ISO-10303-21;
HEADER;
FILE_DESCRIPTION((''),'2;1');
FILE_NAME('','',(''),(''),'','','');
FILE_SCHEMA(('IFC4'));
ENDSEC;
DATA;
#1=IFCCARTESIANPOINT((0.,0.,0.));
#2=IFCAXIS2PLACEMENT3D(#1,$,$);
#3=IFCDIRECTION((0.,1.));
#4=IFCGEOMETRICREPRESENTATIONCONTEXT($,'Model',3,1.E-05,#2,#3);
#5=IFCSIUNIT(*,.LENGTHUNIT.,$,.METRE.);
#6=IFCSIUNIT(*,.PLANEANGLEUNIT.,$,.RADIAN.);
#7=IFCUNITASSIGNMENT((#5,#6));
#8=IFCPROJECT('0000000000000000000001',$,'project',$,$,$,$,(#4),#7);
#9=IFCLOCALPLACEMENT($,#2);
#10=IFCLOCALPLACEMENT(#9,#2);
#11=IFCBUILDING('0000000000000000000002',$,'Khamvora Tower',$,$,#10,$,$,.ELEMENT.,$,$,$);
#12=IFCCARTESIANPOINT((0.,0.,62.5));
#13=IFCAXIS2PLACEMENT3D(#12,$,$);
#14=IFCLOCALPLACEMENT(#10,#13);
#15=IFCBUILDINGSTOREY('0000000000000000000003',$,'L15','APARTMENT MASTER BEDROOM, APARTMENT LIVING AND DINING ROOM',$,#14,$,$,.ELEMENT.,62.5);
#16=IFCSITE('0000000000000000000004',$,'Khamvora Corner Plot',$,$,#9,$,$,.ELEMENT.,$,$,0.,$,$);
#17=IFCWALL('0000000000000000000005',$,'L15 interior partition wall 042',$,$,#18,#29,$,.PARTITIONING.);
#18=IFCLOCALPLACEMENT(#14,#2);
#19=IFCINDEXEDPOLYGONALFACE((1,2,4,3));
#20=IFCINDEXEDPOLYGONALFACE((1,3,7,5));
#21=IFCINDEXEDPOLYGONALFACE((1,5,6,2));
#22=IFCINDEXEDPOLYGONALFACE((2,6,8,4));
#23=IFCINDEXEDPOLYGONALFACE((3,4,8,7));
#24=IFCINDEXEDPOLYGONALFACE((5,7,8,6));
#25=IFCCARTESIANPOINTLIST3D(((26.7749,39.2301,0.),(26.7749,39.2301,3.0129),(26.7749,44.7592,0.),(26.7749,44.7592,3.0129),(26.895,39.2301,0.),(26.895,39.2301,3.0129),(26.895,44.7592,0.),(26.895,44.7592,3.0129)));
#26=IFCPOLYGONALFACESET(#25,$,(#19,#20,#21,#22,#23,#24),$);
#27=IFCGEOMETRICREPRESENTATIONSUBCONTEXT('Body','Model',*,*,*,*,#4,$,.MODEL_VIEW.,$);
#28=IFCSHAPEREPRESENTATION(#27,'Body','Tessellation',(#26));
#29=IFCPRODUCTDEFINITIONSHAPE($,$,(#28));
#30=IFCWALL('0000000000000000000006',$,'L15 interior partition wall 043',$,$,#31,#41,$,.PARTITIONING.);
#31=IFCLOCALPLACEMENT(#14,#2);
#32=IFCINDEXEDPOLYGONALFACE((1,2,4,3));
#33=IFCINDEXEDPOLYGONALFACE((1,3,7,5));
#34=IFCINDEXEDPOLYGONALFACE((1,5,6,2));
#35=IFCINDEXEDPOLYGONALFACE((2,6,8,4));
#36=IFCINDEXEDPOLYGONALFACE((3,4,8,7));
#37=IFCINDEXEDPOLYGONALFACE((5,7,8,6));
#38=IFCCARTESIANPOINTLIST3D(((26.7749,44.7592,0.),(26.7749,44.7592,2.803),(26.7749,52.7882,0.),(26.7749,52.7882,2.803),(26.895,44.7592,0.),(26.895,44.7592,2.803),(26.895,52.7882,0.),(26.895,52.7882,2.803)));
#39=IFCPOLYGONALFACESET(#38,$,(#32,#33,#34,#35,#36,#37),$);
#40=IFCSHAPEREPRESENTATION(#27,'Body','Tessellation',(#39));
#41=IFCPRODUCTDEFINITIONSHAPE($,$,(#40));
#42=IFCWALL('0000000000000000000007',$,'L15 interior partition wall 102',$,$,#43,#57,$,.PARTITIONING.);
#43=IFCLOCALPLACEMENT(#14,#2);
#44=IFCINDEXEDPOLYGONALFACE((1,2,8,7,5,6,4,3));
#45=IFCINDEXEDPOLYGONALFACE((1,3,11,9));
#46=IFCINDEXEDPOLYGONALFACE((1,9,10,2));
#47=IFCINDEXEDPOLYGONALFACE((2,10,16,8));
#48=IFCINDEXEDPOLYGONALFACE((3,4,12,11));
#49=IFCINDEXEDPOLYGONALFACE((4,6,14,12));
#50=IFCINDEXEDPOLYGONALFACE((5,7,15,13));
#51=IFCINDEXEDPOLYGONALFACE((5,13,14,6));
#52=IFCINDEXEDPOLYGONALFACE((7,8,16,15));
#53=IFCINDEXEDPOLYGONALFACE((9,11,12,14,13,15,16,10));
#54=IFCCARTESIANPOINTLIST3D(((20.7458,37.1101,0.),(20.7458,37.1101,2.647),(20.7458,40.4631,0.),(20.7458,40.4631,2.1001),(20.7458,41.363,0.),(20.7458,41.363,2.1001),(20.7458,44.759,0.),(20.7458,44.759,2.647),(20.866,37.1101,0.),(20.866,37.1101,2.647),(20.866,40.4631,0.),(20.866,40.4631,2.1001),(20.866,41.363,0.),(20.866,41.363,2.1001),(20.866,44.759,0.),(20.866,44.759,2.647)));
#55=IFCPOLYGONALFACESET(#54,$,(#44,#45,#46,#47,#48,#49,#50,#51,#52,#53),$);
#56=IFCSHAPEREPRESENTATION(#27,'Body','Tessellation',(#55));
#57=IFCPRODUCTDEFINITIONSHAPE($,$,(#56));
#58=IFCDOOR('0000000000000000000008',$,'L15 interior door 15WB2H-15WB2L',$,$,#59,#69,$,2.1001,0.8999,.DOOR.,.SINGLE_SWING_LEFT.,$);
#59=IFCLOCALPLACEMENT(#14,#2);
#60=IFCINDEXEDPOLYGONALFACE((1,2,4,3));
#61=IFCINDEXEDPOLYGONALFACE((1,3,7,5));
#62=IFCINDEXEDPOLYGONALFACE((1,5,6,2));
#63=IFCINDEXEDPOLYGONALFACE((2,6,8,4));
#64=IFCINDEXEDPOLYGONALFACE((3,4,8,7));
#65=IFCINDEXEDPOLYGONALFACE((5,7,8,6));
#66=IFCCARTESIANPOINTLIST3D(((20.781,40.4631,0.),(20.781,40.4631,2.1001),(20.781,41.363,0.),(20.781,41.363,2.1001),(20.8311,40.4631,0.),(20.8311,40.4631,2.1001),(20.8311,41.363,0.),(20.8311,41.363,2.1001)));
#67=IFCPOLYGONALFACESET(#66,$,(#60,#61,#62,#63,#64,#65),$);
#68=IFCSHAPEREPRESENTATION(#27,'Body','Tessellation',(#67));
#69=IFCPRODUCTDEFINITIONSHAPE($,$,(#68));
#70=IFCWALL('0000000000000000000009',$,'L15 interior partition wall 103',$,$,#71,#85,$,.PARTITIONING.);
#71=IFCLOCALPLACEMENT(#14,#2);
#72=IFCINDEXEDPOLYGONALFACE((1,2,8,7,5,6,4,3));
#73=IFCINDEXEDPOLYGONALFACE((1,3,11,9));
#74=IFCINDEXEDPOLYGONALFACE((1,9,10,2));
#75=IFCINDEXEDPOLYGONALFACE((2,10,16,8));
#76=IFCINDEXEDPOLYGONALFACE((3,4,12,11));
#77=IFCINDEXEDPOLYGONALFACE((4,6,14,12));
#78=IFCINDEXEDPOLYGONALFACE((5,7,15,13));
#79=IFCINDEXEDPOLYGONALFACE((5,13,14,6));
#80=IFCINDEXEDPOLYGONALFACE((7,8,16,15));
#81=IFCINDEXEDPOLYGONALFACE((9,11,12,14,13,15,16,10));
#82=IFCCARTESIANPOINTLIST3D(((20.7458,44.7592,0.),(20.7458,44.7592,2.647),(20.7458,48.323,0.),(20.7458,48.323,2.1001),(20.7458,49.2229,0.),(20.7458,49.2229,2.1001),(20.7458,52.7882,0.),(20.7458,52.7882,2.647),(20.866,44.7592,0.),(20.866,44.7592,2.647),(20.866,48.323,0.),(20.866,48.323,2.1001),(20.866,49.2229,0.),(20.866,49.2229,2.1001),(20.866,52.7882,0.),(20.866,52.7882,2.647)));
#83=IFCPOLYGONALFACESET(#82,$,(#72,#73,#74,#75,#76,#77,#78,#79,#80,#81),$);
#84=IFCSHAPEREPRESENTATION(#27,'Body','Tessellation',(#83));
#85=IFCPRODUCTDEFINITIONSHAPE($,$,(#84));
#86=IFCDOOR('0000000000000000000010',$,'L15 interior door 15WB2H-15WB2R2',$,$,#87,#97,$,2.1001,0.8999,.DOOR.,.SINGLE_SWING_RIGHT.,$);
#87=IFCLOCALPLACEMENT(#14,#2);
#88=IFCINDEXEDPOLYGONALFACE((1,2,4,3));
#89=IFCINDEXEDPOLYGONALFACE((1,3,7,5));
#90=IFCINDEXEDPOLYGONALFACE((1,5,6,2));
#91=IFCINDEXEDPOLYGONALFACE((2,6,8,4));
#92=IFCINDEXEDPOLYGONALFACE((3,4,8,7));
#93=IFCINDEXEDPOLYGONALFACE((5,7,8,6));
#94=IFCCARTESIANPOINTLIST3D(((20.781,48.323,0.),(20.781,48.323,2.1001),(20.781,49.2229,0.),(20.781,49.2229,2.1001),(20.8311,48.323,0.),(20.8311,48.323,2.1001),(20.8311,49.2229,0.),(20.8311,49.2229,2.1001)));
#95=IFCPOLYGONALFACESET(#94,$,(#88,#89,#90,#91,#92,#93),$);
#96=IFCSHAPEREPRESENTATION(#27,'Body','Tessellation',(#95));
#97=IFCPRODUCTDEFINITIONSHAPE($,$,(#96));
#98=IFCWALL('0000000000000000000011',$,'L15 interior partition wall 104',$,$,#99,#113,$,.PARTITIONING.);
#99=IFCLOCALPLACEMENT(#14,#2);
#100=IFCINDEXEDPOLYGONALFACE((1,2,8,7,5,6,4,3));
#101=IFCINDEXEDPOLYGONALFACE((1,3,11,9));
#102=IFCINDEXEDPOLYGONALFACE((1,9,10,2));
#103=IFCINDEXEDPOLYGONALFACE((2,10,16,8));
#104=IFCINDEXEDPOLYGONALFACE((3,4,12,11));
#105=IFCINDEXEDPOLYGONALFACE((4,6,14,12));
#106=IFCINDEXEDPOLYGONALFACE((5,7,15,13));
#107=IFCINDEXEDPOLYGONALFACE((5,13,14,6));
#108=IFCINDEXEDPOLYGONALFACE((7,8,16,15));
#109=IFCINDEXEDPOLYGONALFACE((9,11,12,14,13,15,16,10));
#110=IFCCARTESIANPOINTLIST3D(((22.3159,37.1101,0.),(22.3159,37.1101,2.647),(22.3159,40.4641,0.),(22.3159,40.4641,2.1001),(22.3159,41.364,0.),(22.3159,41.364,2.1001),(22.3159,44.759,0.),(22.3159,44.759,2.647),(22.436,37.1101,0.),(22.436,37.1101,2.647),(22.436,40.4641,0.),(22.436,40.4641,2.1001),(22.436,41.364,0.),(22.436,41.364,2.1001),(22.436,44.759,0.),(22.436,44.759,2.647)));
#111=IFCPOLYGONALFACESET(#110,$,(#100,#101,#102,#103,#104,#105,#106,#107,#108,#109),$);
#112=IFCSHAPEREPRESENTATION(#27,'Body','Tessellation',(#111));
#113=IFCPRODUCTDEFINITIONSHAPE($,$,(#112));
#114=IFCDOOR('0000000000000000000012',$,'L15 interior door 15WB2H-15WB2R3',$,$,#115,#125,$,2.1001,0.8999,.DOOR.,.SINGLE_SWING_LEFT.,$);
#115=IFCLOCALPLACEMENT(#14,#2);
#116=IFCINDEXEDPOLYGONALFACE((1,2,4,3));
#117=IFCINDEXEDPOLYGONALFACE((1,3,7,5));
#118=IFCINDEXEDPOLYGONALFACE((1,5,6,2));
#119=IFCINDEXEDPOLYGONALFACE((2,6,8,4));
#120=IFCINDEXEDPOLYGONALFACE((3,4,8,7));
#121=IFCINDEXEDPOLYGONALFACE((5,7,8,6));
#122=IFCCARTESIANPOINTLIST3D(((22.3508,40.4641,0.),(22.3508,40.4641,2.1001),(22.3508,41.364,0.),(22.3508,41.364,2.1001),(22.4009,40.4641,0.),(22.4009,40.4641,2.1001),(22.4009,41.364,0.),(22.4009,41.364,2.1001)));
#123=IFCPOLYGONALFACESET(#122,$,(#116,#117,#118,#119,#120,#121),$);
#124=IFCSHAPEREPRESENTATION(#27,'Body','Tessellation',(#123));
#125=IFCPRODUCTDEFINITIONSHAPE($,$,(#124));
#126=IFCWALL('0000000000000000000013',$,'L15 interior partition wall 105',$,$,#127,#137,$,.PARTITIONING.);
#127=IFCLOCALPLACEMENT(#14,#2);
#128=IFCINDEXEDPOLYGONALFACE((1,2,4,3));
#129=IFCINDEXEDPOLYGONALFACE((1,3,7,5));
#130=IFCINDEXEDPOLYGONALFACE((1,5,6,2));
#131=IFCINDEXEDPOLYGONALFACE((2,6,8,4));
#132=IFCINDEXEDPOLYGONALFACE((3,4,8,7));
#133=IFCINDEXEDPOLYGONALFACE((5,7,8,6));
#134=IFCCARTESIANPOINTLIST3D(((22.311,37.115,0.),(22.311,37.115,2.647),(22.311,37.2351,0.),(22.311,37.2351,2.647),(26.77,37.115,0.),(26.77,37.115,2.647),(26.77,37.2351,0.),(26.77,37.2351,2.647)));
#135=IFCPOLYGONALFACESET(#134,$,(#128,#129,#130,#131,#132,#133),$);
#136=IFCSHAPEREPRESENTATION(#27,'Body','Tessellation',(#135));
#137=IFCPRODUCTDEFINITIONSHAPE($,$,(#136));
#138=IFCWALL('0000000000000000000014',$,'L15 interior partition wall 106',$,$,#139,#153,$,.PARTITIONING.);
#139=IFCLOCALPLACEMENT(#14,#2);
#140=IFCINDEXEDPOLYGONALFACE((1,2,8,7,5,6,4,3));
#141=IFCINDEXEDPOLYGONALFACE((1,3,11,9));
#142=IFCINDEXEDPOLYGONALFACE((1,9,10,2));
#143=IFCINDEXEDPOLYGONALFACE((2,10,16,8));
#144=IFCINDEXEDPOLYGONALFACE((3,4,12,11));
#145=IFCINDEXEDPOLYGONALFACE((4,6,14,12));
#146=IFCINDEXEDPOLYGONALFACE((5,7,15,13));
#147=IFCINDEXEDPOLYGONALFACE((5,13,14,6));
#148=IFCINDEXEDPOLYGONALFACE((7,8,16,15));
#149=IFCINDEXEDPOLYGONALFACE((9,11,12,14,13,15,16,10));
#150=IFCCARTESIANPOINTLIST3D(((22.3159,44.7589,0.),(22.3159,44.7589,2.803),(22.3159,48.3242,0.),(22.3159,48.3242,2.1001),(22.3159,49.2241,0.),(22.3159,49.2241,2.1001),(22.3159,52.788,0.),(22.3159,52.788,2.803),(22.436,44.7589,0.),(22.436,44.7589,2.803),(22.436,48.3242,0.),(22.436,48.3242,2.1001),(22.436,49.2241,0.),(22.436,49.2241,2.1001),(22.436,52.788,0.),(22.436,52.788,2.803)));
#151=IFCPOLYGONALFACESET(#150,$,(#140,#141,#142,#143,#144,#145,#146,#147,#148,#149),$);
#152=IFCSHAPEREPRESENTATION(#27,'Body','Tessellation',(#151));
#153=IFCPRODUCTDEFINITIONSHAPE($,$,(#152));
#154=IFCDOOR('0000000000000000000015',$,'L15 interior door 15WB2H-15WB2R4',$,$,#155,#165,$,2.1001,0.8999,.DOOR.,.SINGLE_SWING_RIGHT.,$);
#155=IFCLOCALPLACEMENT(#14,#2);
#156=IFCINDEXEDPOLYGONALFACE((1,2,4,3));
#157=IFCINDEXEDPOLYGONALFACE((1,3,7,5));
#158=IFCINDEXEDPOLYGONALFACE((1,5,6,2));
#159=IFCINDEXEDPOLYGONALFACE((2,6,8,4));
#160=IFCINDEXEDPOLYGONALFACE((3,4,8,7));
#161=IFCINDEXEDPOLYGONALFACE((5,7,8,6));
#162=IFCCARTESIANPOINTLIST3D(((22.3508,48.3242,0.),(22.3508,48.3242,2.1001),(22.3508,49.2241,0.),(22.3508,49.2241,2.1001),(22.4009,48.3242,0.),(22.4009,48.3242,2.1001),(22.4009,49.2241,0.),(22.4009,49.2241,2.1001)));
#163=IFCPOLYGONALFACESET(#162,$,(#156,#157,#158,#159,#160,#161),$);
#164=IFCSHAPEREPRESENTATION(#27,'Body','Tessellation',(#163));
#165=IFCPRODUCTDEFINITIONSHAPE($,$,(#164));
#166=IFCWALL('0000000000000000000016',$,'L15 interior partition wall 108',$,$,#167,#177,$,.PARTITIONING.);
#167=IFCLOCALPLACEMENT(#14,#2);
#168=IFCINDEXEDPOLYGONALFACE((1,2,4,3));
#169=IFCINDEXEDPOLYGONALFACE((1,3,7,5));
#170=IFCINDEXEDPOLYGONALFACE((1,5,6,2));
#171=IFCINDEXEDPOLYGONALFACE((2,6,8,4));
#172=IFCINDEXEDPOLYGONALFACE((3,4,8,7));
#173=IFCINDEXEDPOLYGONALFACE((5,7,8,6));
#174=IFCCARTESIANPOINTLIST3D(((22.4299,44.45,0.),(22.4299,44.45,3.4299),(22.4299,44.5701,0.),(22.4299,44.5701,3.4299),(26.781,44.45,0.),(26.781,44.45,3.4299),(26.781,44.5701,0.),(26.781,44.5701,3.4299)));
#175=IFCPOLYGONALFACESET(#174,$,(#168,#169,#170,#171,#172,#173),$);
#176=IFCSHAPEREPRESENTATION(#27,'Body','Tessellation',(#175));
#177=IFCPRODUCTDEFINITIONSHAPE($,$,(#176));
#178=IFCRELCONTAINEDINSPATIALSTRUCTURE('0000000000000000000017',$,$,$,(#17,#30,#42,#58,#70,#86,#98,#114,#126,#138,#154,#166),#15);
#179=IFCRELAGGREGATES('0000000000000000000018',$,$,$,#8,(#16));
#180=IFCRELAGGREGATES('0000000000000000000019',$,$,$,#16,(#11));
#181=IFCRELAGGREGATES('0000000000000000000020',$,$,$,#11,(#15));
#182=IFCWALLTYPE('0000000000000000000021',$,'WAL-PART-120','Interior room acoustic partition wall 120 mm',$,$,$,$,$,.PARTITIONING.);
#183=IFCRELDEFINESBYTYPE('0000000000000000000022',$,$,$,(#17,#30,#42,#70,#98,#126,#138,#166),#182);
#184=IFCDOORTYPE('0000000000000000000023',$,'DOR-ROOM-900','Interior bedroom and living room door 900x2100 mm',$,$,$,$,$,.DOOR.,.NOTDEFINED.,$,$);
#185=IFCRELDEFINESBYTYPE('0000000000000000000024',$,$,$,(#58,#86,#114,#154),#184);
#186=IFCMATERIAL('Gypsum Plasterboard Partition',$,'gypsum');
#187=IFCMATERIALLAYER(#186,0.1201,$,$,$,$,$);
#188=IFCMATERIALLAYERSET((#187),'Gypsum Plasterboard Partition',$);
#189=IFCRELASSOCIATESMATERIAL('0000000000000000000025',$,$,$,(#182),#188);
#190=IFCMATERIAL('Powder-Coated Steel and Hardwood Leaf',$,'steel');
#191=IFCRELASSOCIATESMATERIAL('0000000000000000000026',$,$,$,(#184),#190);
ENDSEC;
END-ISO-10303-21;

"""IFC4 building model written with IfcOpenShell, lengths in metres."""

from ifc_helpers import new_model, si_unit, direction, frame, frame_2d, origin, place, context, subcontext, project, spatial, rectangle, extrude, material, layer, layer_set, type_object, element, fill, save


model = new_model("IFC4")

# Units and contexts
model_context = context("Model", 3, precision=1e-05, world=origin(), true_north=direction((0.0, 1.0)))
body_context = subcontext(model_context, "Body", "Model", "MODEL_VIEW")
ifc_project = project(units=[si_unit("LENGTHUNIT", "METRE"), si_unit("PLANEANGLEUNIT", "RADIAN")], contexts=[model_context])

# Site, building, storey
site_placement = place(None, origin())
site = spatial("IfcSite", under=ifc_project, at=site_placement, Name="Khamvora Corner Plot", CompositionType="ELEMENT", RefElevation=0.0)
building_placement = place(site_placement, origin())
building = spatial("IfcBuilding", under=site, at=building_placement, Name="Khamvora Tower", CompositionType="ELEMENT")
storey_placement = place(building_placement, frame((0.0, 0.0, 62.5)))
storey = spatial("IfcBuildingStorey", under=building, at=storey_placement, Name="L15", Description="APARTMENT MASTER BEDROOM, APARTMENT LIVING AND DINING ROOM", CompositionType="ELEMENT", Elevation=62.5)

# Shared definitions
ifc_material_1 = material(Name="Powder-Coated Steel and Hardwood Leaf", Category="steel")

# Walls
ifc_material_2 = material(Name="Gypsum Plasterboard Partition", Category="gypsum")
ifc_layer_1 = layer(ifc_material_2, 0.1201)
ifc_layer_set_1 = layer_set([ifc_layer_1], Name="Gypsum Plasterboard Partition")
wall_type_1 = type_object("IfcWallType", Name="WAL-PART-120", Description="Interior room acoustic partition wall 120 mm", PredefinedType="PARTITIONING", material=ifc_layer_set_1)
wall_1_placement = place(storey_placement, frame((26.835, 39.23, 0.0), z_axis=(0.0, 0.0, 1.0), x_axis=(0.0, 1.0, 0.0)))
element("IfcWall", 1, at=wall_1_placement, inside=storey, type_object=wall_type_1, Name="L15 interior partition wall 042", PredefinedType="PARTITIONING", context=body_context, shape_type="SweptSolid", body=[
    extrude(rectangle(XDim=5.5291, YDim=0.1201, at=frame_2d((2.7646, 0.0))), origin(), (0.0, 0.0, 1.0), 3.0129),
])
wall_2_placement = place(storey_placement, frame((26.835, 44.759, 0.0), z_axis=(0.0, 0.0, 1.0), x_axis=(0.0, 1.0, 0.0)))
element("IfcWall", 2, at=wall_2_placement, inside=storey, type_object=wall_type_1, Name="L15 interior partition wall 043", PredefinedType="PARTITIONING", context=body_context, shape_type="SweptSolid", body=[
    extrude(rectangle(XDim=8.0291, YDim=0.1201, at=frame_2d((4.0146, 0.0))), origin(), (0.0, 0.0, 1.0), 2.803),
])

# Walls, openings, doors
wall_3_placement = place(storey_placement, frame((20.8059, 37.1101, 0.0), z_axis=(0.0, 0.0, 1.0), x_axis=(0.0, 1.0, 0.0)))
wall_3 = element("IfcWall", 3, at=wall_3_placement, inside=storey, type_object=wall_type_1, Name="L15 interior partition wall 102", PredefinedType="PARTITIONING", context=body_context, shape_type="SweptSolid", body=[
    extrude(rectangle(XDim=7.6489, YDim=0.1201, at=frame_2d((3.8245, 0.0))), origin(), (0.0, 0.0, 1.0), 2.647),
])
opening_1_placement = place(wall_3_placement, frame((3.353, 0.0, 0.0)))
opening_1 = element("IfcOpeningElement", 4, at=opening_1_placement, cuts=wall_3, PredefinedType="OPENING", context=body_context, shape_type="SweptSolid", body=[
    extrude(rectangle(XDim=0.8999, YDim=2.1001, at=frame_2d((0.45, 1.05))), frame((0.0, 0.0701, 0.0), z_axis=(0.0, -1.0, 0.0), x_axis=(1.0, 0.0, 0.0)), (0.0, 0.0, 1.0), 0.1401),
])
door_type_1 = type_object("IfcDoorType", Name="DOR-ROOM-900", Description="Interior bedroom and living room door 900x2100 mm", OperationType="NOTDEFINED", PredefinedType="DOOR", material=ifc_material_1)
door_1_placement = place(opening_1_placement, origin())
door_1 = element("IfcDoor", 5, at=door_1_placement, inside=storey, type_object=door_type_1, Name="L15 interior door 15WB2H-15WB2L", OperationType="SINGLE_SWING_LEFT", OverallHeight=2.1001, OverallWidth=0.8999, PredefinedType="DOOR", context=body_context, shape_type="SweptSolid", body=[
    extrude(rectangle(XDim=0.8999, YDim=2.1001, at=frame_2d((0.45, 1.05))), frame((0.0, 0.0249, 0.0), z_axis=(0.0, -1.0, 0.0), x_axis=(1.0, 0.0, 0.0)), (0.0, 0.0, 1.0), 0.05),
])
fill(opening_1, door_1)
wall_4_placement = place(storey_placement, frame((20.8059, 44.759, 0.0), z_axis=(0.0, 0.0, 1.0), x_axis=(0.0, 1.0, 0.0)))
wall_4 = element("IfcWall", 6, at=wall_4_placement, inside=storey, type_object=wall_type_1, Name="L15 interior partition wall 103", PredefinedType="PARTITIONING", context=body_context, shape_type="SweptSolid", body=[
    extrude(rectangle(XDim=8.0291, YDim=0.1201, at=frame_2d((4.0146, 0.0))), origin(), (0.0, 0.0, 1.0), 2.647),
])
opening_2_placement = place(wall_4_placement, frame((3.564, 0.0, 0.0)))
opening_2 = element("IfcOpeningElement", 7, at=opening_2_placement, cuts=wall_4, PredefinedType="OPENING", context=body_context, shape_type="SweptSolid", body=[
    extrude(rectangle(XDim=0.8999, YDim=2.1001, at=frame_2d((0.45, 1.05))), frame((0.0, 0.0701, 0.0), z_axis=(0.0, -1.0, 0.0), x_axis=(1.0, 0.0, 0.0)), (0.0, 0.0, 1.0), 0.1401),
])
door_2_placement = place(opening_2_placement, origin())
door_2 = element("IfcDoor", 8, at=door_2_placement, inside=storey, type_object=door_type_1, Name="L15 interior door 15WB2H-15WB2R2", OperationType="SINGLE_SWING_RIGHT", OverallHeight=2.1001, OverallWidth=0.8999, PredefinedType="DOOR", context=body_context, shape_type="SweptSolid", body=[
    extrude(rectangle(XDim=0.8999, YDim=2.1001, at=frame_2d((0.45, 1.05))), frame((0.0, 0.0249, 0.0), z_axis=(0.0, -1.0, 0.0), x_axis=(1.0, 0.0, 0.0)), (0.0, 0.0, 1.0), 0.05),
])
fill(opening_2, door_2)
wall_5_placement = place(storey_placement, frame((22.376, 44.759, 0.0), z_axis=(0.0, 0.0, 1.0), x_axis=(0.0, -1.0, 0.0)))
wall_5 = element("IfcWall", 9, at=wall_5_placement, inside=storey, type_object=wall_type_1, Name="L15 interior partition wall 104", PredefinedType="PARTITIONING", context=body_context, shape_type="SweptSolid", body=[
    extrude(rectangle(XDim=7.6489, YDim=0.1201, at=frame_2d((3.8245, 0.0))), origin(), (0.0, 0.0, 1.0), 2.647),
])
opening_3_placement = place(wall_5_placement, frame((3.395, 0.0, 0.0)))
opening_3 = element("IfcOpeningElement", 10, at=opening_3_placement, cuts=wall_5, PredefinedType="OPENING", context=body_context, shape_type="SweptSolid", body=[
    extrude(rectangle(XDim=0.8999, YDim=2.1001, at=frame_2d((0.45, 1.05))), frame((0.0, 0.0701, 0.0), z_axis=(0.0, -1.0, 0.0), x_axis=(1.0, 0.0, 0.0)), (0.0, 0.0, 1.0), 0.1401),
])
door_3_placement = place(opening_3_placement, origin())
door_3 = element("IfcDoor", 11, at=door_3_placement, inside=storey, type_object=door_type_1, Name="L15 interior door 15WB2H-15WB2R3", OperationType="SINGLE_SWING_LEFT", OverallHeight=2.1001, OverallWidth=0.8999, PredefinedType="DOOR", context=body_context, shape_type="SweptSolid", body=[
    extrude(rectangle(XDim=0.8999, YDim=2.1001, at=frame_2d((0.45, 1.05))), frame((0.0, 0.0249, 0.0), z_axis=(0.0, -1.0, 0.0), x_axis=(1.0, 0.0, 0.0)), (0.0, 0.0, 1.0), 0.05),
])
fill(opening_3, door_3)

# Wall
wall_6_placement = place(storey_placement, frame((22.311, 37.175, 0.0), z_axis=(0.0, 0.0, 1.0), x_axis=(1.0, 0.0, 0.0)))
element("IfcWall", 12, at=wall_6_placement, inside=storey, type_object=wall_type_1, Name="L15 interior partition wall 105", PredefinedType="PARTITIONING", context=body_context, shape_type="SweptSolid", body=[
    extrude(rectangle(XDim=4.459, YDim=0.1201, at=frame_2d((2.2295, 0.0))), origin(), (0.0, 0.0, 1.0), 2.647),
])

# Wall, opening, door
wall_7_placement = place(storey_placement, frame((22.376, 52.7881, 0.0), z_axis=(0.0, 0.0, 1.0), x_axis=(0.0, -1.0, 0.0)))
wall_7 = element("IfcWall", 13, at=wall_7_placement, inside=storey, type_object=wall_type_1, Name="L15 interior partition wall 106", PredefinedType="PARTITIONING", context=body_context, shape_type="SweptSolid", body=[
    extrude(rectangle(XDim=8.0291, YDim=0.1201, at=frame_2d((4.0146, 0.0))), origin(), (0.0, 0.0, 1.0), 2.803),
])
opening_4_placement = place(wall_7_placement, frame((3.564, 0.0, 0.0)))
opening_4 = element("IfcOpeningElement", 14, at=opening_4_placement, cuts=wall_7, PredefinedType="OPENING", context=body_context, shape_type="SweptSolid", body=[
    extrude(rectangle(XDim=0.8999, YDim=2.1001, at=frame_2d((0.45, 1.05))), frame((0.0, 0.0701, 0.0), z_axis=(0.0, -1.0, 0.0), x_axis=(1.0, 0.0, 0.0)), (0.0, 0.0, 1.0), 0.1401),
])
door_4_placement = place(opening_4_placement, origin())
door_4 = element("IfcDoor", 15, at=door_4_placement, inside=storey, type_object=door_type_1, Name="L15 interior door 15WB2H-15WB2R4", OperationType="SINGLE_SWING_RIGHT", OverallHeight=2.1001, OverallWidth=0.8999, PredefinedType="DOOR", context=body_context, shape_type="SweptSolid", body=[
    extrude(rectangle(XDim=0.8999, YDim=2.1001, at=frame_2d((0.45, 1.05))), frame((0.0, 0.0249, 0.0), z_axis=(0.0, -1.0, 0.0), x_axis=(1.0, 0.0, 0.0)), (0.0, 0.0, 1.0), 0.05),
])
fill(opening_4, door_4)

# Wall
wall_8_placement = place(storey_placement, frame((22.4299, 44.51, 0.0), z_axis=(0.0, 0.0, 1.0), x_axis=(1.0, 0.0, 0.0)))
element("IfcWall", 16, at=wall_8_placement, inside=storey, type_object=wall_type_1, Name="L15 interior partition wall 108", PredefinedType="PARTITIONING", context=body_context, shape_type="SweptSolid", body=[
    extrude(rectangle(XDim=4.3511, YDim=0.1201, at=frame_2d((2.1755, 0.0))), origin(), (0.0, 0.0, 1.0), 3.4299),
])

save(model, "model.ifc")
